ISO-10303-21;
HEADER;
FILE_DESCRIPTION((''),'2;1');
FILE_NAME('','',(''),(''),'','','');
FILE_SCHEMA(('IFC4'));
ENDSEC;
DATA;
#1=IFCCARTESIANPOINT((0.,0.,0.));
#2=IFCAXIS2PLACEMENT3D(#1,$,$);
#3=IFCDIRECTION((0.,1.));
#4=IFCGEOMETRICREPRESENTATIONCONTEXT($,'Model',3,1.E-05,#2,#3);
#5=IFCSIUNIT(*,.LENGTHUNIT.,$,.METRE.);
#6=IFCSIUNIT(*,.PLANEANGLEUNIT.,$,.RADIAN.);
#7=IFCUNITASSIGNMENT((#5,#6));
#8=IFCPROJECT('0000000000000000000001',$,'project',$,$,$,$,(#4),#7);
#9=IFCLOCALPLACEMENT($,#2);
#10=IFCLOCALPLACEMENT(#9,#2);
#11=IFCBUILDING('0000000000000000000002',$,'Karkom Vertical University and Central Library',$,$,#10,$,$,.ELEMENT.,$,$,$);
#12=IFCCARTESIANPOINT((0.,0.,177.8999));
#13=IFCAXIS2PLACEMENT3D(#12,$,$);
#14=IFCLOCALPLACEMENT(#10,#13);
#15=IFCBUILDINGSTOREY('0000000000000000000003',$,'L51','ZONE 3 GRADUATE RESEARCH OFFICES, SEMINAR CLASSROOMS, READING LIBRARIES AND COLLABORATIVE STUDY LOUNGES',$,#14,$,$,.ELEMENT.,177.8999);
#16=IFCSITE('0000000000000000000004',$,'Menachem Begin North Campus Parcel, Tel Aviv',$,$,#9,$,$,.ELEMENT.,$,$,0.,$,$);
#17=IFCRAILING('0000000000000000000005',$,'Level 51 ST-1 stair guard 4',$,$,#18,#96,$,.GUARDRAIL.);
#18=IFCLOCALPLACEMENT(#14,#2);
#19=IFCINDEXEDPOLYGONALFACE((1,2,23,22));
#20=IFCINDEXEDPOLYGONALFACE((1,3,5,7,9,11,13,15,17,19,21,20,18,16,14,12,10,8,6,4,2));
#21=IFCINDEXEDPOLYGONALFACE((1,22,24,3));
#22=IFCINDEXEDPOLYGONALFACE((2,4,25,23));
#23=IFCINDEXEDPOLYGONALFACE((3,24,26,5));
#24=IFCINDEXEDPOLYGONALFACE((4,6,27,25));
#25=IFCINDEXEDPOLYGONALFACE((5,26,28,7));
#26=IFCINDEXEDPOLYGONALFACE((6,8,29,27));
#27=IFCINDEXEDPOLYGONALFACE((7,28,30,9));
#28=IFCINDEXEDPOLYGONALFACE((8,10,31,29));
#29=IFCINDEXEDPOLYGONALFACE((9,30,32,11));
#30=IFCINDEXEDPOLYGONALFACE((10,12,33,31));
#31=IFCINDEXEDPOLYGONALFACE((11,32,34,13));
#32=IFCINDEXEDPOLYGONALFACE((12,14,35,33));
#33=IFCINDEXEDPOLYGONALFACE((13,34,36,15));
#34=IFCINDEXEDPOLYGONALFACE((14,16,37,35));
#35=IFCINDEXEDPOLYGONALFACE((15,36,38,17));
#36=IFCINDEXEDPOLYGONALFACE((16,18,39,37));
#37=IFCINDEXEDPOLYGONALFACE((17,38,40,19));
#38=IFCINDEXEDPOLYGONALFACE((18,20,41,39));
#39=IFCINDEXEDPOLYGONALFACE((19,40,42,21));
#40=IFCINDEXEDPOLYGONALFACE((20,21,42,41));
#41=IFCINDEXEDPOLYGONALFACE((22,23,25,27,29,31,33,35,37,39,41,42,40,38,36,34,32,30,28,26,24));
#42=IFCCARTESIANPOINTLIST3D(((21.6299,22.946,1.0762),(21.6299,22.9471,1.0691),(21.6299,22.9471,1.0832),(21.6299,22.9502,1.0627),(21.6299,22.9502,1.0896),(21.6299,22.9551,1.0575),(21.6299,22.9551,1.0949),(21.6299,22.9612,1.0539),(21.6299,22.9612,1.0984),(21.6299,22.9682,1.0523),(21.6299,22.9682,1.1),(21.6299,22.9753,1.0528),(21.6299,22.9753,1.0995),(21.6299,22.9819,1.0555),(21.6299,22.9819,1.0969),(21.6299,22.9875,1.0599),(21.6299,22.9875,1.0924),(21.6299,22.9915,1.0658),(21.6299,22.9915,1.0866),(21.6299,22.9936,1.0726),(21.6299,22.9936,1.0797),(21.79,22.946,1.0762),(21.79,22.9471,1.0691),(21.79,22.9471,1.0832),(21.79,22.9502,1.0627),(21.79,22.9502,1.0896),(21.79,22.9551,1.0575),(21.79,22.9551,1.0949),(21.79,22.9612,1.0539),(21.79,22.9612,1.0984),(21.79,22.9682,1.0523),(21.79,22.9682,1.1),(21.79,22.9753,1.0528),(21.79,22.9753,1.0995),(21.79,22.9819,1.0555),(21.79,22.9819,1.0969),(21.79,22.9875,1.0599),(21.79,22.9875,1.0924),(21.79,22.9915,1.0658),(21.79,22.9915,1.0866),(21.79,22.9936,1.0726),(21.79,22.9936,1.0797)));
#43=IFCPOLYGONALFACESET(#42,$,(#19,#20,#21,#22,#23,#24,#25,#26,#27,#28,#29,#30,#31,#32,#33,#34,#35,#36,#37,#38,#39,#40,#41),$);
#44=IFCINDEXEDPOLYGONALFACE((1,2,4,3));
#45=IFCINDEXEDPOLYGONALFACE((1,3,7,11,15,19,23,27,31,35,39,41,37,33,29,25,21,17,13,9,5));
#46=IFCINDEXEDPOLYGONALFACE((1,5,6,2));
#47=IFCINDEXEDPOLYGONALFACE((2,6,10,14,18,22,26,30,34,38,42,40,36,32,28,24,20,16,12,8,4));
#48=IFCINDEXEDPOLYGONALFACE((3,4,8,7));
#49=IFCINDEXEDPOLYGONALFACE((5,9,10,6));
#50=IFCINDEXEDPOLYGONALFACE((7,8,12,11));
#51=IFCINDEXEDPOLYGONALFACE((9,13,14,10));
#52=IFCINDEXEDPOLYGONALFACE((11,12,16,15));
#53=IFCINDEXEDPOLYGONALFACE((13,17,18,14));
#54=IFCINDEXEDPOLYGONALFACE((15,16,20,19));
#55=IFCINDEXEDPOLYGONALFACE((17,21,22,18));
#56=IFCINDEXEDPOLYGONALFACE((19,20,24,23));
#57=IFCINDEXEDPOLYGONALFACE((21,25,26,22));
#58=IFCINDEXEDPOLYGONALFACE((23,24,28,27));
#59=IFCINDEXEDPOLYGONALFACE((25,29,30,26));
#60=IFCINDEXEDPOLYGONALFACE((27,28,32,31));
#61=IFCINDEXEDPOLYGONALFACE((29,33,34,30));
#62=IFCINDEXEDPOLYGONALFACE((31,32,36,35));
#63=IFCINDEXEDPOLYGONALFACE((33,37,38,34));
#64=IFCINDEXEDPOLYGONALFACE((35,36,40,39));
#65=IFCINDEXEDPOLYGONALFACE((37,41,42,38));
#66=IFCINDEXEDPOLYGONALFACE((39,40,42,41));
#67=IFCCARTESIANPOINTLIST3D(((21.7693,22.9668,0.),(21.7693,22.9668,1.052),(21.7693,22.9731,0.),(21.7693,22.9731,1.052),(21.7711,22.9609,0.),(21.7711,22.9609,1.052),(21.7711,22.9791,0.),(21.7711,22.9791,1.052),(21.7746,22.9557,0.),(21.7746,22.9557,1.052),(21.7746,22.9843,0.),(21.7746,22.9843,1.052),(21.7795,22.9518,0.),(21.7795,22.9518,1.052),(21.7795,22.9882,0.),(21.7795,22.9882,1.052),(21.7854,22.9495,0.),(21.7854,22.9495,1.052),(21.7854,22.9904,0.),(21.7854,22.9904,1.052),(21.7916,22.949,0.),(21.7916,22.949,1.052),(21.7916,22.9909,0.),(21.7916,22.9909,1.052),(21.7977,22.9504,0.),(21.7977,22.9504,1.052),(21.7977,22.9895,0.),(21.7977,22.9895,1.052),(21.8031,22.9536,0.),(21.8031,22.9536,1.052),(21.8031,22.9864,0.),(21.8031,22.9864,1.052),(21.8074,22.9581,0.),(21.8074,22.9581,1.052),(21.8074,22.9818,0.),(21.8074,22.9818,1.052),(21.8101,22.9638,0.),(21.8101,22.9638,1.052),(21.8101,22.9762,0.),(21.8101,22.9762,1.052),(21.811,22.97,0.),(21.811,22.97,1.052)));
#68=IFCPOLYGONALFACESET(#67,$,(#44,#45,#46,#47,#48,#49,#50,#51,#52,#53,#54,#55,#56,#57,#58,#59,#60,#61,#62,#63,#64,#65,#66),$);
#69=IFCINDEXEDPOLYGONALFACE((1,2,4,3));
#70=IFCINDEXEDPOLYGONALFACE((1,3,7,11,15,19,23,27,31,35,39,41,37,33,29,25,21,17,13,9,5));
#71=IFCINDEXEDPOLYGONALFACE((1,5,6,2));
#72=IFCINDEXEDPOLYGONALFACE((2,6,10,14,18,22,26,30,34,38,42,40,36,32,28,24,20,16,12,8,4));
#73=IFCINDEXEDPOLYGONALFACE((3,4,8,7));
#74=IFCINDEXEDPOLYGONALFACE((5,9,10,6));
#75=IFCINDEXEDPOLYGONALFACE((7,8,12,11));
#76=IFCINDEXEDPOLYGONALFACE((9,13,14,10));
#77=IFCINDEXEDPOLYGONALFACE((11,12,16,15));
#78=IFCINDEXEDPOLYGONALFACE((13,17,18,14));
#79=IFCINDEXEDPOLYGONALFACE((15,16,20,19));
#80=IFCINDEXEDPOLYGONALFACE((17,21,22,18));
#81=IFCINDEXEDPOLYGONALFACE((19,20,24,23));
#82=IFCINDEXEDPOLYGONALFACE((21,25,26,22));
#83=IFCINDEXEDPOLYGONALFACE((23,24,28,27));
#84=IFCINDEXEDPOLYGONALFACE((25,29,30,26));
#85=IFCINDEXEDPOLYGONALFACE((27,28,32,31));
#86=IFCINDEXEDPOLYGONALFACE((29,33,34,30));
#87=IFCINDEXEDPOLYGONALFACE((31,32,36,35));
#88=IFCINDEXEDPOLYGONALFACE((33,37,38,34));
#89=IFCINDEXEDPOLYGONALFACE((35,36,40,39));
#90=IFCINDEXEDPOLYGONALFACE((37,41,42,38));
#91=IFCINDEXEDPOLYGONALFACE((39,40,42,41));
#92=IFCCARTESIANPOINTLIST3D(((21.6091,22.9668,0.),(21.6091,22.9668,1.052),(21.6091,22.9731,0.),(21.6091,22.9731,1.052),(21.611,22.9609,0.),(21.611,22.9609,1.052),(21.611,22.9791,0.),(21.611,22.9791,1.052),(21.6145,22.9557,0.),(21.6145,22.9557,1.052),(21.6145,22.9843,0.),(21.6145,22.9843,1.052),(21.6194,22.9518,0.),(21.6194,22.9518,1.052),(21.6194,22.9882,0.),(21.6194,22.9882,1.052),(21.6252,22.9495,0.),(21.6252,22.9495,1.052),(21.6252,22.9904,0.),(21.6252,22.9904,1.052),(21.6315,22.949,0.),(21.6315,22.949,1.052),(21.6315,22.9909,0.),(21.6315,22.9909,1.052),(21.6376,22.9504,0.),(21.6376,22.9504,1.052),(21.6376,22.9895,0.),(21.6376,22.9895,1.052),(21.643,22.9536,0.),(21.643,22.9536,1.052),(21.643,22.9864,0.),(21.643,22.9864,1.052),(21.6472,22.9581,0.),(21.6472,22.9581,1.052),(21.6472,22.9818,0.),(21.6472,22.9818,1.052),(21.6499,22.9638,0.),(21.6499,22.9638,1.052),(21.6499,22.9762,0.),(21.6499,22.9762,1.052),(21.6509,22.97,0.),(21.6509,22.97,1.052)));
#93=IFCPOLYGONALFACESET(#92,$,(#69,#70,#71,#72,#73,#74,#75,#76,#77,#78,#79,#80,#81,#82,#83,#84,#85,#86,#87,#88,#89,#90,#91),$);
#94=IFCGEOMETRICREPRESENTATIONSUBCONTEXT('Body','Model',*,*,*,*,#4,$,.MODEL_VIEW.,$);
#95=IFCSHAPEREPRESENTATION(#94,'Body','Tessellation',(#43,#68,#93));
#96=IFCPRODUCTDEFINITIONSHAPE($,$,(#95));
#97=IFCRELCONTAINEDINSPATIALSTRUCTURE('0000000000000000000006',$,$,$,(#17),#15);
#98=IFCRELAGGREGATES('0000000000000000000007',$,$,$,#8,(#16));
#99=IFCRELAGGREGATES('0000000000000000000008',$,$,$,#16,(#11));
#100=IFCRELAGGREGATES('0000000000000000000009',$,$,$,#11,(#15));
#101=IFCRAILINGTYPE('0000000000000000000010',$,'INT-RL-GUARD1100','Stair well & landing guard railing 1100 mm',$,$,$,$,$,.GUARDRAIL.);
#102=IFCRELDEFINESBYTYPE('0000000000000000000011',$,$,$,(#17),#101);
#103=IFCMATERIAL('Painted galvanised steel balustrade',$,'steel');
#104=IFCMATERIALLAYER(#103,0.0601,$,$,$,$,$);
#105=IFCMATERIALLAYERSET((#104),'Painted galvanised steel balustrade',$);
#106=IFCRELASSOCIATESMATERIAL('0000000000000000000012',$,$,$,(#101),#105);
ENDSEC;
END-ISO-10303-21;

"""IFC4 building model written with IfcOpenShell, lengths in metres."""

from ifc_helpers import new_model, si_unit, direction, frame, origin, origin_2d, place, context, subcontext, project, spatial, circle, extrude, material, layer, layer_set, type_object, element, save


model = new_model("IFC4")

# Units and contexts
model_context = context("Model", 3, precision=1e-05, world=origin(), true_north=direction((0.0, 1.0)))
body_context = subcontext(model_context, "Body", "Model", "MODEL_VIEW")
ifc_project = project(units=[si_unit("LENGTHUNIT", "METRE"), si_unit("PLANEANGLEUNIT", "RADIAN")], contexts=[model_context])

# Site, building, storey
site_placement = place(None, origin())
site = spatial("IfcSite", under=ifc_project, at=site_placement, Name="Menachem Begin North Campus Parcel, Tel Aviv", CompositionType="ELEMENT", RefElevation=0.0)
building_placement = place(site_placement, origin())
building = spatial("IfcBuilding", under=site, at=building_placement, Name="Karkom Vertical University and Central Library", CompositionType="ELEMENT")
storey_placement = place(building_placement, frame((0.0, 0.0, 177.8999)))
storey = spatial("IfcBuildingStorey", under=building, at=storey_placement, Name="L51", Description="ZONE 3 GRADUATE RESEARCH OFFICES, SEMINAR CLASSROOMS, READING LIBRARIES AND COLLABORATIVE STUDY LOUNGES", CompositionType="ELEMENT", Elevation=177.8999)

# Railing
ifc_material_1 = material(Name="Painted galvanised steel balustrade", Category="steel")
ifc_layer_1 = layer(ifc_material_1, 0.0601)
ifc_layer_set_1 = layer_set([ifc_layer_1], Name="Painted galvanised steel balustrade")
railing_type_1 = type_object("IfcRailingType", Name="INT-RL-GUARD1100", Description="Stair well & landing guard railing 1100 mm", PredefinedType="GUARDRAIL", material=ifc_layer_set_1)
railing_1_placement = place(storey_placement, frame((21.79, 22.97, 0.0)))
element("IfcRailing", 1, at=railing_1_placement, inside=storey, type_object=railing_type_1, Name="Level 51 ST-1 stair guard 4", PredefinedType="GUARDRAIL", context=body_context, shape_type="SweptSolid", body=[
    extrude(circle(Radius=0.0239, at=origin_2d()), frame((0.0, 0.0, 1.0762), z_axis=(-1.0, 0.0, 0.0), x_axis=(0.0, -1.0, 0.0)), (0.0, 0.0, 1.0), 0.1602),
    extrude(circle(Radius=0.021, at=origin_2d()), origin(), (0.0, 0.0, 1.0), 1.052),
    extrude(circle(Radius=0.021, at=origin_2d()), frame((-0.1602, 0.0, 0.0)), (0.0, 0.0, 1.0), 1.052),
])

save(model, "model.ifc")
